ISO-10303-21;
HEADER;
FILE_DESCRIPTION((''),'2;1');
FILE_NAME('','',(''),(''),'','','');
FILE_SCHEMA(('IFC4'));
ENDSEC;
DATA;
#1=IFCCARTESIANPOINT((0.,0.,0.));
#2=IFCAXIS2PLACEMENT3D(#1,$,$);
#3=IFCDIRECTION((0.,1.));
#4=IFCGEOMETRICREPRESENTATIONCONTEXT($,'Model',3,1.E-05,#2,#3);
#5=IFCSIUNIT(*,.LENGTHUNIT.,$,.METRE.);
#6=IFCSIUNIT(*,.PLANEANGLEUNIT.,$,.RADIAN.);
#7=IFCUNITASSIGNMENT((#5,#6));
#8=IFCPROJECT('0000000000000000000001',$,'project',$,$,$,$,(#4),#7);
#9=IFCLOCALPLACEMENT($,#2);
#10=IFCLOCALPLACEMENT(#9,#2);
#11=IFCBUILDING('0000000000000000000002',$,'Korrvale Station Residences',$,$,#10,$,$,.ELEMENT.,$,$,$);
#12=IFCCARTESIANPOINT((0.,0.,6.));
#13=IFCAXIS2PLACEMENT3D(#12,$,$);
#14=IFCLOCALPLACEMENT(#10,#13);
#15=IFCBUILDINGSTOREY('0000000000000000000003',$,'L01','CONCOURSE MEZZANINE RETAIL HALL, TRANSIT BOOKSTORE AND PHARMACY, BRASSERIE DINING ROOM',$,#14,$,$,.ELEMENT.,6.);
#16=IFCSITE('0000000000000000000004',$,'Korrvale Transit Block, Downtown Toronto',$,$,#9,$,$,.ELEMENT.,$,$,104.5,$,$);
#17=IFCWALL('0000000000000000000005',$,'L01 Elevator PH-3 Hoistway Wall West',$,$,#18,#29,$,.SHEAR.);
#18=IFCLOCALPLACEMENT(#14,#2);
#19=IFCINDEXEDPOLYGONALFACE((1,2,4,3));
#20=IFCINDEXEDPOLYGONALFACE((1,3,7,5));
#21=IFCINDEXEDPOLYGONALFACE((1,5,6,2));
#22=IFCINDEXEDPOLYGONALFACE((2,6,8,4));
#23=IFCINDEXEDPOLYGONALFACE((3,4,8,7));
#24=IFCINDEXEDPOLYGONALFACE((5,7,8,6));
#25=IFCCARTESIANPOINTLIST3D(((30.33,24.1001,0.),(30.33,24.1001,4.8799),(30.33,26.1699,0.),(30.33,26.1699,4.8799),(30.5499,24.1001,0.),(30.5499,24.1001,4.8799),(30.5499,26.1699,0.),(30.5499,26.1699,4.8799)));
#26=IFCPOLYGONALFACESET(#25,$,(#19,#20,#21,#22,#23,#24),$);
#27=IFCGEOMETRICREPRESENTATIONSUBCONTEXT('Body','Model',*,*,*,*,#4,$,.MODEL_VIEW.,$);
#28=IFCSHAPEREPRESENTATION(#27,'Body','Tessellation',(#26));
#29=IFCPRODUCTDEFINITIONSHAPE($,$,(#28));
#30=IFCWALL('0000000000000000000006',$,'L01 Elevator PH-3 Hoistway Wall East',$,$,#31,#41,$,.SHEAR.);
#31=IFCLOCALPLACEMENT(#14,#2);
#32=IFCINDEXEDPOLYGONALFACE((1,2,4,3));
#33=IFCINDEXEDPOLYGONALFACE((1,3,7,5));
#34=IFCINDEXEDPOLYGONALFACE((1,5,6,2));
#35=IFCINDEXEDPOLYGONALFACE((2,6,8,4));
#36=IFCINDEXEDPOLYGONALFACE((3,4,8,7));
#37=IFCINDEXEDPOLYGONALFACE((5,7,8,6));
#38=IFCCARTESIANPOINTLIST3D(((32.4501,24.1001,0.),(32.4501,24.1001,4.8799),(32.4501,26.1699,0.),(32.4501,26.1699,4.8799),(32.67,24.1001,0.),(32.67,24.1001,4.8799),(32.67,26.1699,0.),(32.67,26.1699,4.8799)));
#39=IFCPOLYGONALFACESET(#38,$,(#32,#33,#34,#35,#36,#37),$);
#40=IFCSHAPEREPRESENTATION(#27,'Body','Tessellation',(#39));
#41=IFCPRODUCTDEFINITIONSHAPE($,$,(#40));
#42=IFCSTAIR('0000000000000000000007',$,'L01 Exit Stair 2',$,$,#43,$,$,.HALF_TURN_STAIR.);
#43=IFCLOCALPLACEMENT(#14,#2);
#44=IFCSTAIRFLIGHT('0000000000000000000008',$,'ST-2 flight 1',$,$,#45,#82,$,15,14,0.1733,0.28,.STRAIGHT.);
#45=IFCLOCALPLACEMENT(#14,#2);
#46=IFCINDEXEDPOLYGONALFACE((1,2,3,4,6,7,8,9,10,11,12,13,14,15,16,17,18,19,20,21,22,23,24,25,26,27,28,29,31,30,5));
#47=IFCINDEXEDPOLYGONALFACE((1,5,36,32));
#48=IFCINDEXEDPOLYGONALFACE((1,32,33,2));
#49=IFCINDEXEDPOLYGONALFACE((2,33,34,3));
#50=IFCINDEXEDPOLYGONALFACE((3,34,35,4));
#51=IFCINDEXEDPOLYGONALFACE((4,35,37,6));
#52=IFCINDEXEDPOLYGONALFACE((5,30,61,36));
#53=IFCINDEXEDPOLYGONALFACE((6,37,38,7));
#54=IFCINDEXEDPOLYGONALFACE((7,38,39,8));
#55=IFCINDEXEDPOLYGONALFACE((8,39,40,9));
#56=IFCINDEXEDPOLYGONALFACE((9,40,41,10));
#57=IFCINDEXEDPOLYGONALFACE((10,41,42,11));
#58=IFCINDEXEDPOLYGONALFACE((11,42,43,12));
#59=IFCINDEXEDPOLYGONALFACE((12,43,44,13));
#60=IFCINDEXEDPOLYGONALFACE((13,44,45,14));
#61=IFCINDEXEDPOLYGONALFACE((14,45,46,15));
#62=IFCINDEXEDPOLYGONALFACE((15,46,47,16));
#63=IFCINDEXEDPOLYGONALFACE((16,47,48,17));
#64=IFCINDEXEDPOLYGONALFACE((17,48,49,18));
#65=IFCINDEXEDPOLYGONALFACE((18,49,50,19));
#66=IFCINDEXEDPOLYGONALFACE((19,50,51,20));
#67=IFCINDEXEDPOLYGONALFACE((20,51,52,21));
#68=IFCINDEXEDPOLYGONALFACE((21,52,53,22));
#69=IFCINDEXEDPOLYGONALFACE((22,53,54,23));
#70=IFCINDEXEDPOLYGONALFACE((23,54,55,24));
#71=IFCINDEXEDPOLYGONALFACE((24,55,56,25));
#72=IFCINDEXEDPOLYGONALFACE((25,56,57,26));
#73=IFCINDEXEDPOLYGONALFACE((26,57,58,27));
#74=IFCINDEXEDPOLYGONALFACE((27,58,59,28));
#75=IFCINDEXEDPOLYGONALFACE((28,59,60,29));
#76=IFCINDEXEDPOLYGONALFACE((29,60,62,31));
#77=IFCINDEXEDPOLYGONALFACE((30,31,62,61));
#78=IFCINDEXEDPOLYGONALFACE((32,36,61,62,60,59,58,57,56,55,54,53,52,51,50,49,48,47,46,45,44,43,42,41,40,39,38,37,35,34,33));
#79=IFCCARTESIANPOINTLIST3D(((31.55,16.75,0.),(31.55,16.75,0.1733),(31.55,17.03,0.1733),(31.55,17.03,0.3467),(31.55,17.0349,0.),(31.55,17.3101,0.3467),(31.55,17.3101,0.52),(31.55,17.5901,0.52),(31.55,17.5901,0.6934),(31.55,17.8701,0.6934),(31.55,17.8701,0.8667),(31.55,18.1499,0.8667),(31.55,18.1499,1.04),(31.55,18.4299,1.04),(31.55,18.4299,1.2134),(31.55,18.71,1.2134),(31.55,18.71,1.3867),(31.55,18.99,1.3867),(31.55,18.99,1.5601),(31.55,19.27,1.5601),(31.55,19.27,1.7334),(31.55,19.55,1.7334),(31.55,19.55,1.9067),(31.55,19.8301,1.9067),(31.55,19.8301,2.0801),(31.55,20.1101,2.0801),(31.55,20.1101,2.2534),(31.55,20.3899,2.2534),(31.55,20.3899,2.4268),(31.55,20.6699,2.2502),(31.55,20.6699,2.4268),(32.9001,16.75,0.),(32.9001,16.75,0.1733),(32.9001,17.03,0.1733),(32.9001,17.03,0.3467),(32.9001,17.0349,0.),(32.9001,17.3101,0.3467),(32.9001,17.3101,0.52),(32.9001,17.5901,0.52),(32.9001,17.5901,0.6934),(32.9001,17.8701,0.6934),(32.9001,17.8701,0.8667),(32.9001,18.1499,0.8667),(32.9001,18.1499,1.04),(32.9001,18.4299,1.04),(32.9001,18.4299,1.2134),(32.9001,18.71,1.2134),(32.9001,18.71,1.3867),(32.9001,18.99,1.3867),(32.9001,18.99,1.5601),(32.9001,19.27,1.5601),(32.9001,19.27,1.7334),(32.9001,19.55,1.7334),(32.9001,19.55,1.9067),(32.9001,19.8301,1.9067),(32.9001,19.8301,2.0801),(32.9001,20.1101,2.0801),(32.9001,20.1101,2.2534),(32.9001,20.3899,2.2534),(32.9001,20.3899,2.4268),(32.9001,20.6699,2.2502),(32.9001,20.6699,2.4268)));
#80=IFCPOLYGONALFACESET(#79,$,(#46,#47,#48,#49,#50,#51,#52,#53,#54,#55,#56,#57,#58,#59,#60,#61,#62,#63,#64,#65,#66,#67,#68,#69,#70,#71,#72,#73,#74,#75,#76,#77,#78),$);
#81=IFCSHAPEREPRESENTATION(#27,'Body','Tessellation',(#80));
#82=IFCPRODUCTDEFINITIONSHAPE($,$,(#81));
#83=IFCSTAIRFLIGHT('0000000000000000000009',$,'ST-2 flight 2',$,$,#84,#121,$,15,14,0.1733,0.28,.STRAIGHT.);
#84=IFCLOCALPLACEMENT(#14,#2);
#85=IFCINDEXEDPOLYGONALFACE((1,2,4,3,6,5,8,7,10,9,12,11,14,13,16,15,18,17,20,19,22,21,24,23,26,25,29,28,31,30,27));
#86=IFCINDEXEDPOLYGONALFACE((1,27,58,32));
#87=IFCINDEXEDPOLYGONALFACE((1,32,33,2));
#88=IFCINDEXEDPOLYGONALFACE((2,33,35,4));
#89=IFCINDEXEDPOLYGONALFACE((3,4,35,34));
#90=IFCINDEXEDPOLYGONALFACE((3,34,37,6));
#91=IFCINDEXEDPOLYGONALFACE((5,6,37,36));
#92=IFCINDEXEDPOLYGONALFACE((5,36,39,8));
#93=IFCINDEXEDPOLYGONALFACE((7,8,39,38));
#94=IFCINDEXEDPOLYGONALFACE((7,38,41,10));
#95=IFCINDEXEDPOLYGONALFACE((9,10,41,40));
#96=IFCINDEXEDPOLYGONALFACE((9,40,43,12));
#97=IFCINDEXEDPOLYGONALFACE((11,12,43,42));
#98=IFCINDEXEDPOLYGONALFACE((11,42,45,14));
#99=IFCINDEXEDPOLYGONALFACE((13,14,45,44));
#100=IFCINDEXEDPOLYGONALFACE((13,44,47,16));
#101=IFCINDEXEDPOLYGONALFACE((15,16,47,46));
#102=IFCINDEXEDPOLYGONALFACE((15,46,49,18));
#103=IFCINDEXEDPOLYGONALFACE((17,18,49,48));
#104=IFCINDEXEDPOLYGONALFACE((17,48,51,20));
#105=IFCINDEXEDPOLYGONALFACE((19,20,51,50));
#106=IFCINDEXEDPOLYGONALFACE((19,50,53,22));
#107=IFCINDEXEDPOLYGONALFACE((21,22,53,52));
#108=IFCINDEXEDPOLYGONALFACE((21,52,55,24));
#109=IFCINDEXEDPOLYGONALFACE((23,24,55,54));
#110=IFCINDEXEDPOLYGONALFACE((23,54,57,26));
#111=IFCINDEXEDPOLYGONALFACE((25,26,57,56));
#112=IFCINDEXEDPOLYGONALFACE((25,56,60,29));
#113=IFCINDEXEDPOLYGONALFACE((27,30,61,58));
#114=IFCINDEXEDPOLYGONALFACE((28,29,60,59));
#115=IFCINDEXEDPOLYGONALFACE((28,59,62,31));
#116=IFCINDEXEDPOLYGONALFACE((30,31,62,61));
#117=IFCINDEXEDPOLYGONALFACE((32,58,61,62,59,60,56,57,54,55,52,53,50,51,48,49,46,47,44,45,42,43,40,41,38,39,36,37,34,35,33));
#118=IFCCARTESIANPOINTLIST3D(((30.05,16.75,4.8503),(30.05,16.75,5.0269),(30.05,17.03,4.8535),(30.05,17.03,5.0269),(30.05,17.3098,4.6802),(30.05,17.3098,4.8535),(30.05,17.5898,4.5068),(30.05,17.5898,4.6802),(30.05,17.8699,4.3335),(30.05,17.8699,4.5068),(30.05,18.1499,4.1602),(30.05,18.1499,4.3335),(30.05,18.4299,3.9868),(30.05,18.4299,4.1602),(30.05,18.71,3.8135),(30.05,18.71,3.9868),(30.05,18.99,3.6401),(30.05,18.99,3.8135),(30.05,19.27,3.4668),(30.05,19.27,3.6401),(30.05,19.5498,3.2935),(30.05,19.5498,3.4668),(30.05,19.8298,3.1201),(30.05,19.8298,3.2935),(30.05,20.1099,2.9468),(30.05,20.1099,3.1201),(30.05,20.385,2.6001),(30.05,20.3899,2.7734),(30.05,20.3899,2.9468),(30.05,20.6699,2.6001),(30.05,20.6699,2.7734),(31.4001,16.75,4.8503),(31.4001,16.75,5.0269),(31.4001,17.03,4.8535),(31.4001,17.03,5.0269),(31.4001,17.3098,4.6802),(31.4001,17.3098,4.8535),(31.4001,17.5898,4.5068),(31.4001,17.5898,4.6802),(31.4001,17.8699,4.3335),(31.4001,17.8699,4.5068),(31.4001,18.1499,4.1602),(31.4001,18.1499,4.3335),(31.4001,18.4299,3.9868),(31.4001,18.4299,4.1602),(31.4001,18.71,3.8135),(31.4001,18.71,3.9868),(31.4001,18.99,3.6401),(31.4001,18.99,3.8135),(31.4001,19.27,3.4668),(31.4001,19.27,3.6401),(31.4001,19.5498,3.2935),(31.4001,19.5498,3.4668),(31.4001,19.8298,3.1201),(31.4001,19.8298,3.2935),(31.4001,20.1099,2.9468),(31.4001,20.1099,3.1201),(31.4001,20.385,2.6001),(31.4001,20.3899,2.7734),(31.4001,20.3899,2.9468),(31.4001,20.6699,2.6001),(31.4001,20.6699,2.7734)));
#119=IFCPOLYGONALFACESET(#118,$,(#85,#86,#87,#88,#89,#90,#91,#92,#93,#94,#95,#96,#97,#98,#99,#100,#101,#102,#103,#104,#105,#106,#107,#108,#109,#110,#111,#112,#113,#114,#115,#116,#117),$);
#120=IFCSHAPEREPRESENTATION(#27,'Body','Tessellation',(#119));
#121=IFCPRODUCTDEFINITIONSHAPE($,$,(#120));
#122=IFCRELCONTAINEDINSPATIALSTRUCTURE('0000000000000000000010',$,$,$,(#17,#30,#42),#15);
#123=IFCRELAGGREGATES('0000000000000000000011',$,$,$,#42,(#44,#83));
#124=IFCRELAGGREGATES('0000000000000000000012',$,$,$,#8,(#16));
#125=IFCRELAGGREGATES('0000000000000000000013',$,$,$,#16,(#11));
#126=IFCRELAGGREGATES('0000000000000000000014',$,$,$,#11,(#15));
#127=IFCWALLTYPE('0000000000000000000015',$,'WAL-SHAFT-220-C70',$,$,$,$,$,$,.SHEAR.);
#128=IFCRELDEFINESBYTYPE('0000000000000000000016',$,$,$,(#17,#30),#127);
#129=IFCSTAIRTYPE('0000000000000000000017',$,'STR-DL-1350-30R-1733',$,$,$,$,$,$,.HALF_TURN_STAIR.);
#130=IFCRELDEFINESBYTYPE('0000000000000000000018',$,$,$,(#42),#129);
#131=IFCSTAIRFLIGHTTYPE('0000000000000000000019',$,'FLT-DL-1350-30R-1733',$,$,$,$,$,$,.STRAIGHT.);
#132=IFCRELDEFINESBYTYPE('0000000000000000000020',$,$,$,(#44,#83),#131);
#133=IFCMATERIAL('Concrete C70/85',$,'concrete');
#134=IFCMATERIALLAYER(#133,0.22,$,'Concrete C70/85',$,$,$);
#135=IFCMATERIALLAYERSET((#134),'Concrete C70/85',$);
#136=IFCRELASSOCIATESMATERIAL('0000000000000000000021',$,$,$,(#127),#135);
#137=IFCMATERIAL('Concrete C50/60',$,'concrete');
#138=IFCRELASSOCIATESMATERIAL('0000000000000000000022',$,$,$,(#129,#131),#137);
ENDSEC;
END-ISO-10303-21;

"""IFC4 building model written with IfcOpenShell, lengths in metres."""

from ifc_helpers import new_model, si_unit, direction, frame, frame_2d, origin, place, context, subcontext, project, spatial, polyline, rectangle, outline, extrude, material, layer, layer_set, type_object, element, aggregate, save


model = new_model("IFC4")

# Units and contexts
model_context = context("Model", 3, precision=1e-05, world=origin(), true_north=direction((0.0, 1.0)))
body_context = subcontext(model_context, "Body", "Model", "MODEL_VIEW")
ifc_project = project(units=[si_unit("LENGTHUNIT", "METRE"), si_unit("PLANEANGLEUNIT", "RADIAN")], contexts=[model_context])

# Site, building, storey
site_placement = place(None, origin())
site = spatial("IfcSite", under=ifc_project, at=site_placement, Name="Korrvale Transit Block, Downtown Toronto", CompositionType="ELEMENT", RefElevation=104.5)
building_placement = place(site_placement, origin())
building = spatial("IfcBuilding", under=site, at=building_placement, Name="Korrvale Station Residences", CompositionType="ELEMENT")
storey_placement = place(building_placement, frame((0.0, 0.0, 6.0)))
storey = spatial("IfcBuildingStorey", under=building, at=storey_placement, Name="L01", Description="CONCOURSE MEZZANINE RETAIL HALL, TRANSIT BOOKSTORE AND PHARMACY, BRASSERIE DINING ROOM", CompositionType="ELEMENT", Elevation=6.0)

# Shared definitions
ifc_material_1 = material(Name="Concrete C70/85", Category="concrete")

# Walls
ifc_layer_1 = layer(ifc_material_1, 0.22, Name="Concrete C70/85")
ifc_layer_set_1 = layer_set([ifc_layer_1], Name="Concrete C70/85")
wall_type_1 = type_object("IfcWallType", Name="WAL-SHAFT-220-C70", PredefinedType="SHEAR", material=ifc_layer_set_1)
for number, where, z_axis, x_axis, name in (
    (1, (30.4399, 24.1001, 0.0), (0.0, 0.0, 1.0), (0.0, 1.0, 0.0), "L01 Elevator PH-3 Hoistway Wall West"),
    (2, (32.5601, 24.1001, 0.0), (0.0, 0.0, 1.0), (0.0, 1.0, 0.0), "L01 Elevator PH-3 Hoistway Wall East"),
):
    element("IfcWall", number, at=place(storey_placement, frame(where, z_axis=z_axis, x_axis=x_axis)), inside=storey, type_object=wall_type_1, Name=name, PredefinedType="SHEAR", context=body_context, shape_type="SweptSolid", body=[
        extrude(rectangle(XDim=2.0698, YDim=0.22, at=frame_2d((1.0349, 0.0))), origin(), (0.0, 0.0, 1.0), 4.8799),
    ])

# Stair, stair flights
ifc_material_2 = material(Name="Concrete C50/60", Category="concrete")
stair_type = type_object("IfcStairType", Name="STR-DL-1350-30R-1733", PredefinedType="HALF_TURN_STAIR", material=ifc_material_2)
stair_placement = place(storey_placement, origin())
stair = element("IfcStair", 3, at=stair_placement, inside=storey, type_object=stair_type, Name="L01 Exit Stair 2", PredefinedType="HALF_TURN_STAIR")
stair_flight_type = type_object("IfcStairFlightType", Name="FLT-DL-1350-30R-1733", PredefinedType="STRAIGHT", material=ifc_material_2)
stair_flight_1_placement = place(storey_placement, frame((32.2251, 16.75, 0.0), z_axis=(0.0, 0.0, 1.0), x_axis=(0.0, 1.0, 0.0)))
stair_flight_1 = element("IfcStairFlight", 4, at=stair_flight_1_placement, type_object=stair_flight_type, Name="ST-2 flight 1", NumberOfRisers=15, NumberOfTreads=14, PredefinedType="STRAIGHT", RiserHeight=0.1733, TreadLength=0.28, context=body_context, shape_type="SweptSolid", body=[
    extrude(outline(polyline([(0.0, 0.0), (0.0, 0.1733), (0.28, 0.1733), (0.28, 0.3467), (0.5601, 0.3467), (0.5601, 0.52), (0.8401, 0.52), (0.8401, 0.6934), (1.1201, 0.6934), (1.1201, 0.8667), (1.3999, 0.8667), (1.3999, 1.04), (1.6799, 1.04), (1.6799, 1.2134), (1.96, 1.2134), (1.96, 1.3867), (2.24, 1.3867), (2.24, 1.5601), (2.52, 1.5601), (2.52, 1.7334), (2.8, 1.7334), (2.8, 1.9067), (3.0801, 1.9067), (3.0801, 2.0801), (3.3601, 2.0801), (3.3601, 2.2534), (3.6399, 2.2534), (3.6399, 2.4268), (3.9199, 2.4268), (3.9199, 2.6001), (3.9199, 2.2502), (0.2849, 0.0), (0.0, 0.0)])), frame((0.0, 0.675, 0.0), z_axis=(0.0, -1.0, 0.0), x_axis=(1.0, 0.0, 0.0)), (0.0, 0.0, 1.0), 1.3501),
])
stair_flight_2_placement = place(storey_placement, frame((30.7251, 20.6699, 2.6001), z_axis=(0.0, 0.0, 1.0), x_axis=(0.0, -1.0, 0.0)))
stair_flight_2 = element("IfcStairFlight", 5, at=stair_flight_2_placement, type_object=stair_flight_type, Name="ST-2 flight 2", NumberOfRisers=15, NumberOfTreads=14, PredefinedType="STRAIGHT", RiserHeight=0.1733, TreadLength=0.28, context=body_context, shape_type="SweptSolid", body=[
    extrude(outline(polyline([(0.0, 0.0), (0.0, 0.1733), (0.28, 0.1733), (0.28, 0.3467), (0.5601, 0.3467), (0.5601, 0.52), (0.8401, 0.52), (0.8401, 0.6934), (1.1201, 0.6934), (1.1201, 0.8667), (1.3999, 0.8667), (1.3999, 1.04), (1.6799, 1.04), (1.6799, 1.2134), (1.96, 1.2134), (1.96, 1.3867), (2.24, 1.3867), (2.24, 1.5601), (2.52, 1.5601), (2.52, 1.7334), (2.8, 1.7334), (2.8, 1.9067), (3.0801, 1.9067), (3.0801, 2.0801), (3.3601, 2.0801), (3.3601, 2.2534), (3.6399, 2.2534), (3.6399, 2.4268), (3.9199, 2.4268), (3.9199, 2.6001), (3.9199, 2.2502), (0.2849, 0.0), (0.0, 0.0)])), frame((0.0, 0.675, 0.0), z_axis=(0.0, -1.0, 0.0), x_axis=(1.0, 0.0, 0.0)), (0.0, 0.0, 1.0), 1.3501),
])
aggregate(stair, [stair_flight_1, stair_flight_2])

save(model, "model.ifc")
